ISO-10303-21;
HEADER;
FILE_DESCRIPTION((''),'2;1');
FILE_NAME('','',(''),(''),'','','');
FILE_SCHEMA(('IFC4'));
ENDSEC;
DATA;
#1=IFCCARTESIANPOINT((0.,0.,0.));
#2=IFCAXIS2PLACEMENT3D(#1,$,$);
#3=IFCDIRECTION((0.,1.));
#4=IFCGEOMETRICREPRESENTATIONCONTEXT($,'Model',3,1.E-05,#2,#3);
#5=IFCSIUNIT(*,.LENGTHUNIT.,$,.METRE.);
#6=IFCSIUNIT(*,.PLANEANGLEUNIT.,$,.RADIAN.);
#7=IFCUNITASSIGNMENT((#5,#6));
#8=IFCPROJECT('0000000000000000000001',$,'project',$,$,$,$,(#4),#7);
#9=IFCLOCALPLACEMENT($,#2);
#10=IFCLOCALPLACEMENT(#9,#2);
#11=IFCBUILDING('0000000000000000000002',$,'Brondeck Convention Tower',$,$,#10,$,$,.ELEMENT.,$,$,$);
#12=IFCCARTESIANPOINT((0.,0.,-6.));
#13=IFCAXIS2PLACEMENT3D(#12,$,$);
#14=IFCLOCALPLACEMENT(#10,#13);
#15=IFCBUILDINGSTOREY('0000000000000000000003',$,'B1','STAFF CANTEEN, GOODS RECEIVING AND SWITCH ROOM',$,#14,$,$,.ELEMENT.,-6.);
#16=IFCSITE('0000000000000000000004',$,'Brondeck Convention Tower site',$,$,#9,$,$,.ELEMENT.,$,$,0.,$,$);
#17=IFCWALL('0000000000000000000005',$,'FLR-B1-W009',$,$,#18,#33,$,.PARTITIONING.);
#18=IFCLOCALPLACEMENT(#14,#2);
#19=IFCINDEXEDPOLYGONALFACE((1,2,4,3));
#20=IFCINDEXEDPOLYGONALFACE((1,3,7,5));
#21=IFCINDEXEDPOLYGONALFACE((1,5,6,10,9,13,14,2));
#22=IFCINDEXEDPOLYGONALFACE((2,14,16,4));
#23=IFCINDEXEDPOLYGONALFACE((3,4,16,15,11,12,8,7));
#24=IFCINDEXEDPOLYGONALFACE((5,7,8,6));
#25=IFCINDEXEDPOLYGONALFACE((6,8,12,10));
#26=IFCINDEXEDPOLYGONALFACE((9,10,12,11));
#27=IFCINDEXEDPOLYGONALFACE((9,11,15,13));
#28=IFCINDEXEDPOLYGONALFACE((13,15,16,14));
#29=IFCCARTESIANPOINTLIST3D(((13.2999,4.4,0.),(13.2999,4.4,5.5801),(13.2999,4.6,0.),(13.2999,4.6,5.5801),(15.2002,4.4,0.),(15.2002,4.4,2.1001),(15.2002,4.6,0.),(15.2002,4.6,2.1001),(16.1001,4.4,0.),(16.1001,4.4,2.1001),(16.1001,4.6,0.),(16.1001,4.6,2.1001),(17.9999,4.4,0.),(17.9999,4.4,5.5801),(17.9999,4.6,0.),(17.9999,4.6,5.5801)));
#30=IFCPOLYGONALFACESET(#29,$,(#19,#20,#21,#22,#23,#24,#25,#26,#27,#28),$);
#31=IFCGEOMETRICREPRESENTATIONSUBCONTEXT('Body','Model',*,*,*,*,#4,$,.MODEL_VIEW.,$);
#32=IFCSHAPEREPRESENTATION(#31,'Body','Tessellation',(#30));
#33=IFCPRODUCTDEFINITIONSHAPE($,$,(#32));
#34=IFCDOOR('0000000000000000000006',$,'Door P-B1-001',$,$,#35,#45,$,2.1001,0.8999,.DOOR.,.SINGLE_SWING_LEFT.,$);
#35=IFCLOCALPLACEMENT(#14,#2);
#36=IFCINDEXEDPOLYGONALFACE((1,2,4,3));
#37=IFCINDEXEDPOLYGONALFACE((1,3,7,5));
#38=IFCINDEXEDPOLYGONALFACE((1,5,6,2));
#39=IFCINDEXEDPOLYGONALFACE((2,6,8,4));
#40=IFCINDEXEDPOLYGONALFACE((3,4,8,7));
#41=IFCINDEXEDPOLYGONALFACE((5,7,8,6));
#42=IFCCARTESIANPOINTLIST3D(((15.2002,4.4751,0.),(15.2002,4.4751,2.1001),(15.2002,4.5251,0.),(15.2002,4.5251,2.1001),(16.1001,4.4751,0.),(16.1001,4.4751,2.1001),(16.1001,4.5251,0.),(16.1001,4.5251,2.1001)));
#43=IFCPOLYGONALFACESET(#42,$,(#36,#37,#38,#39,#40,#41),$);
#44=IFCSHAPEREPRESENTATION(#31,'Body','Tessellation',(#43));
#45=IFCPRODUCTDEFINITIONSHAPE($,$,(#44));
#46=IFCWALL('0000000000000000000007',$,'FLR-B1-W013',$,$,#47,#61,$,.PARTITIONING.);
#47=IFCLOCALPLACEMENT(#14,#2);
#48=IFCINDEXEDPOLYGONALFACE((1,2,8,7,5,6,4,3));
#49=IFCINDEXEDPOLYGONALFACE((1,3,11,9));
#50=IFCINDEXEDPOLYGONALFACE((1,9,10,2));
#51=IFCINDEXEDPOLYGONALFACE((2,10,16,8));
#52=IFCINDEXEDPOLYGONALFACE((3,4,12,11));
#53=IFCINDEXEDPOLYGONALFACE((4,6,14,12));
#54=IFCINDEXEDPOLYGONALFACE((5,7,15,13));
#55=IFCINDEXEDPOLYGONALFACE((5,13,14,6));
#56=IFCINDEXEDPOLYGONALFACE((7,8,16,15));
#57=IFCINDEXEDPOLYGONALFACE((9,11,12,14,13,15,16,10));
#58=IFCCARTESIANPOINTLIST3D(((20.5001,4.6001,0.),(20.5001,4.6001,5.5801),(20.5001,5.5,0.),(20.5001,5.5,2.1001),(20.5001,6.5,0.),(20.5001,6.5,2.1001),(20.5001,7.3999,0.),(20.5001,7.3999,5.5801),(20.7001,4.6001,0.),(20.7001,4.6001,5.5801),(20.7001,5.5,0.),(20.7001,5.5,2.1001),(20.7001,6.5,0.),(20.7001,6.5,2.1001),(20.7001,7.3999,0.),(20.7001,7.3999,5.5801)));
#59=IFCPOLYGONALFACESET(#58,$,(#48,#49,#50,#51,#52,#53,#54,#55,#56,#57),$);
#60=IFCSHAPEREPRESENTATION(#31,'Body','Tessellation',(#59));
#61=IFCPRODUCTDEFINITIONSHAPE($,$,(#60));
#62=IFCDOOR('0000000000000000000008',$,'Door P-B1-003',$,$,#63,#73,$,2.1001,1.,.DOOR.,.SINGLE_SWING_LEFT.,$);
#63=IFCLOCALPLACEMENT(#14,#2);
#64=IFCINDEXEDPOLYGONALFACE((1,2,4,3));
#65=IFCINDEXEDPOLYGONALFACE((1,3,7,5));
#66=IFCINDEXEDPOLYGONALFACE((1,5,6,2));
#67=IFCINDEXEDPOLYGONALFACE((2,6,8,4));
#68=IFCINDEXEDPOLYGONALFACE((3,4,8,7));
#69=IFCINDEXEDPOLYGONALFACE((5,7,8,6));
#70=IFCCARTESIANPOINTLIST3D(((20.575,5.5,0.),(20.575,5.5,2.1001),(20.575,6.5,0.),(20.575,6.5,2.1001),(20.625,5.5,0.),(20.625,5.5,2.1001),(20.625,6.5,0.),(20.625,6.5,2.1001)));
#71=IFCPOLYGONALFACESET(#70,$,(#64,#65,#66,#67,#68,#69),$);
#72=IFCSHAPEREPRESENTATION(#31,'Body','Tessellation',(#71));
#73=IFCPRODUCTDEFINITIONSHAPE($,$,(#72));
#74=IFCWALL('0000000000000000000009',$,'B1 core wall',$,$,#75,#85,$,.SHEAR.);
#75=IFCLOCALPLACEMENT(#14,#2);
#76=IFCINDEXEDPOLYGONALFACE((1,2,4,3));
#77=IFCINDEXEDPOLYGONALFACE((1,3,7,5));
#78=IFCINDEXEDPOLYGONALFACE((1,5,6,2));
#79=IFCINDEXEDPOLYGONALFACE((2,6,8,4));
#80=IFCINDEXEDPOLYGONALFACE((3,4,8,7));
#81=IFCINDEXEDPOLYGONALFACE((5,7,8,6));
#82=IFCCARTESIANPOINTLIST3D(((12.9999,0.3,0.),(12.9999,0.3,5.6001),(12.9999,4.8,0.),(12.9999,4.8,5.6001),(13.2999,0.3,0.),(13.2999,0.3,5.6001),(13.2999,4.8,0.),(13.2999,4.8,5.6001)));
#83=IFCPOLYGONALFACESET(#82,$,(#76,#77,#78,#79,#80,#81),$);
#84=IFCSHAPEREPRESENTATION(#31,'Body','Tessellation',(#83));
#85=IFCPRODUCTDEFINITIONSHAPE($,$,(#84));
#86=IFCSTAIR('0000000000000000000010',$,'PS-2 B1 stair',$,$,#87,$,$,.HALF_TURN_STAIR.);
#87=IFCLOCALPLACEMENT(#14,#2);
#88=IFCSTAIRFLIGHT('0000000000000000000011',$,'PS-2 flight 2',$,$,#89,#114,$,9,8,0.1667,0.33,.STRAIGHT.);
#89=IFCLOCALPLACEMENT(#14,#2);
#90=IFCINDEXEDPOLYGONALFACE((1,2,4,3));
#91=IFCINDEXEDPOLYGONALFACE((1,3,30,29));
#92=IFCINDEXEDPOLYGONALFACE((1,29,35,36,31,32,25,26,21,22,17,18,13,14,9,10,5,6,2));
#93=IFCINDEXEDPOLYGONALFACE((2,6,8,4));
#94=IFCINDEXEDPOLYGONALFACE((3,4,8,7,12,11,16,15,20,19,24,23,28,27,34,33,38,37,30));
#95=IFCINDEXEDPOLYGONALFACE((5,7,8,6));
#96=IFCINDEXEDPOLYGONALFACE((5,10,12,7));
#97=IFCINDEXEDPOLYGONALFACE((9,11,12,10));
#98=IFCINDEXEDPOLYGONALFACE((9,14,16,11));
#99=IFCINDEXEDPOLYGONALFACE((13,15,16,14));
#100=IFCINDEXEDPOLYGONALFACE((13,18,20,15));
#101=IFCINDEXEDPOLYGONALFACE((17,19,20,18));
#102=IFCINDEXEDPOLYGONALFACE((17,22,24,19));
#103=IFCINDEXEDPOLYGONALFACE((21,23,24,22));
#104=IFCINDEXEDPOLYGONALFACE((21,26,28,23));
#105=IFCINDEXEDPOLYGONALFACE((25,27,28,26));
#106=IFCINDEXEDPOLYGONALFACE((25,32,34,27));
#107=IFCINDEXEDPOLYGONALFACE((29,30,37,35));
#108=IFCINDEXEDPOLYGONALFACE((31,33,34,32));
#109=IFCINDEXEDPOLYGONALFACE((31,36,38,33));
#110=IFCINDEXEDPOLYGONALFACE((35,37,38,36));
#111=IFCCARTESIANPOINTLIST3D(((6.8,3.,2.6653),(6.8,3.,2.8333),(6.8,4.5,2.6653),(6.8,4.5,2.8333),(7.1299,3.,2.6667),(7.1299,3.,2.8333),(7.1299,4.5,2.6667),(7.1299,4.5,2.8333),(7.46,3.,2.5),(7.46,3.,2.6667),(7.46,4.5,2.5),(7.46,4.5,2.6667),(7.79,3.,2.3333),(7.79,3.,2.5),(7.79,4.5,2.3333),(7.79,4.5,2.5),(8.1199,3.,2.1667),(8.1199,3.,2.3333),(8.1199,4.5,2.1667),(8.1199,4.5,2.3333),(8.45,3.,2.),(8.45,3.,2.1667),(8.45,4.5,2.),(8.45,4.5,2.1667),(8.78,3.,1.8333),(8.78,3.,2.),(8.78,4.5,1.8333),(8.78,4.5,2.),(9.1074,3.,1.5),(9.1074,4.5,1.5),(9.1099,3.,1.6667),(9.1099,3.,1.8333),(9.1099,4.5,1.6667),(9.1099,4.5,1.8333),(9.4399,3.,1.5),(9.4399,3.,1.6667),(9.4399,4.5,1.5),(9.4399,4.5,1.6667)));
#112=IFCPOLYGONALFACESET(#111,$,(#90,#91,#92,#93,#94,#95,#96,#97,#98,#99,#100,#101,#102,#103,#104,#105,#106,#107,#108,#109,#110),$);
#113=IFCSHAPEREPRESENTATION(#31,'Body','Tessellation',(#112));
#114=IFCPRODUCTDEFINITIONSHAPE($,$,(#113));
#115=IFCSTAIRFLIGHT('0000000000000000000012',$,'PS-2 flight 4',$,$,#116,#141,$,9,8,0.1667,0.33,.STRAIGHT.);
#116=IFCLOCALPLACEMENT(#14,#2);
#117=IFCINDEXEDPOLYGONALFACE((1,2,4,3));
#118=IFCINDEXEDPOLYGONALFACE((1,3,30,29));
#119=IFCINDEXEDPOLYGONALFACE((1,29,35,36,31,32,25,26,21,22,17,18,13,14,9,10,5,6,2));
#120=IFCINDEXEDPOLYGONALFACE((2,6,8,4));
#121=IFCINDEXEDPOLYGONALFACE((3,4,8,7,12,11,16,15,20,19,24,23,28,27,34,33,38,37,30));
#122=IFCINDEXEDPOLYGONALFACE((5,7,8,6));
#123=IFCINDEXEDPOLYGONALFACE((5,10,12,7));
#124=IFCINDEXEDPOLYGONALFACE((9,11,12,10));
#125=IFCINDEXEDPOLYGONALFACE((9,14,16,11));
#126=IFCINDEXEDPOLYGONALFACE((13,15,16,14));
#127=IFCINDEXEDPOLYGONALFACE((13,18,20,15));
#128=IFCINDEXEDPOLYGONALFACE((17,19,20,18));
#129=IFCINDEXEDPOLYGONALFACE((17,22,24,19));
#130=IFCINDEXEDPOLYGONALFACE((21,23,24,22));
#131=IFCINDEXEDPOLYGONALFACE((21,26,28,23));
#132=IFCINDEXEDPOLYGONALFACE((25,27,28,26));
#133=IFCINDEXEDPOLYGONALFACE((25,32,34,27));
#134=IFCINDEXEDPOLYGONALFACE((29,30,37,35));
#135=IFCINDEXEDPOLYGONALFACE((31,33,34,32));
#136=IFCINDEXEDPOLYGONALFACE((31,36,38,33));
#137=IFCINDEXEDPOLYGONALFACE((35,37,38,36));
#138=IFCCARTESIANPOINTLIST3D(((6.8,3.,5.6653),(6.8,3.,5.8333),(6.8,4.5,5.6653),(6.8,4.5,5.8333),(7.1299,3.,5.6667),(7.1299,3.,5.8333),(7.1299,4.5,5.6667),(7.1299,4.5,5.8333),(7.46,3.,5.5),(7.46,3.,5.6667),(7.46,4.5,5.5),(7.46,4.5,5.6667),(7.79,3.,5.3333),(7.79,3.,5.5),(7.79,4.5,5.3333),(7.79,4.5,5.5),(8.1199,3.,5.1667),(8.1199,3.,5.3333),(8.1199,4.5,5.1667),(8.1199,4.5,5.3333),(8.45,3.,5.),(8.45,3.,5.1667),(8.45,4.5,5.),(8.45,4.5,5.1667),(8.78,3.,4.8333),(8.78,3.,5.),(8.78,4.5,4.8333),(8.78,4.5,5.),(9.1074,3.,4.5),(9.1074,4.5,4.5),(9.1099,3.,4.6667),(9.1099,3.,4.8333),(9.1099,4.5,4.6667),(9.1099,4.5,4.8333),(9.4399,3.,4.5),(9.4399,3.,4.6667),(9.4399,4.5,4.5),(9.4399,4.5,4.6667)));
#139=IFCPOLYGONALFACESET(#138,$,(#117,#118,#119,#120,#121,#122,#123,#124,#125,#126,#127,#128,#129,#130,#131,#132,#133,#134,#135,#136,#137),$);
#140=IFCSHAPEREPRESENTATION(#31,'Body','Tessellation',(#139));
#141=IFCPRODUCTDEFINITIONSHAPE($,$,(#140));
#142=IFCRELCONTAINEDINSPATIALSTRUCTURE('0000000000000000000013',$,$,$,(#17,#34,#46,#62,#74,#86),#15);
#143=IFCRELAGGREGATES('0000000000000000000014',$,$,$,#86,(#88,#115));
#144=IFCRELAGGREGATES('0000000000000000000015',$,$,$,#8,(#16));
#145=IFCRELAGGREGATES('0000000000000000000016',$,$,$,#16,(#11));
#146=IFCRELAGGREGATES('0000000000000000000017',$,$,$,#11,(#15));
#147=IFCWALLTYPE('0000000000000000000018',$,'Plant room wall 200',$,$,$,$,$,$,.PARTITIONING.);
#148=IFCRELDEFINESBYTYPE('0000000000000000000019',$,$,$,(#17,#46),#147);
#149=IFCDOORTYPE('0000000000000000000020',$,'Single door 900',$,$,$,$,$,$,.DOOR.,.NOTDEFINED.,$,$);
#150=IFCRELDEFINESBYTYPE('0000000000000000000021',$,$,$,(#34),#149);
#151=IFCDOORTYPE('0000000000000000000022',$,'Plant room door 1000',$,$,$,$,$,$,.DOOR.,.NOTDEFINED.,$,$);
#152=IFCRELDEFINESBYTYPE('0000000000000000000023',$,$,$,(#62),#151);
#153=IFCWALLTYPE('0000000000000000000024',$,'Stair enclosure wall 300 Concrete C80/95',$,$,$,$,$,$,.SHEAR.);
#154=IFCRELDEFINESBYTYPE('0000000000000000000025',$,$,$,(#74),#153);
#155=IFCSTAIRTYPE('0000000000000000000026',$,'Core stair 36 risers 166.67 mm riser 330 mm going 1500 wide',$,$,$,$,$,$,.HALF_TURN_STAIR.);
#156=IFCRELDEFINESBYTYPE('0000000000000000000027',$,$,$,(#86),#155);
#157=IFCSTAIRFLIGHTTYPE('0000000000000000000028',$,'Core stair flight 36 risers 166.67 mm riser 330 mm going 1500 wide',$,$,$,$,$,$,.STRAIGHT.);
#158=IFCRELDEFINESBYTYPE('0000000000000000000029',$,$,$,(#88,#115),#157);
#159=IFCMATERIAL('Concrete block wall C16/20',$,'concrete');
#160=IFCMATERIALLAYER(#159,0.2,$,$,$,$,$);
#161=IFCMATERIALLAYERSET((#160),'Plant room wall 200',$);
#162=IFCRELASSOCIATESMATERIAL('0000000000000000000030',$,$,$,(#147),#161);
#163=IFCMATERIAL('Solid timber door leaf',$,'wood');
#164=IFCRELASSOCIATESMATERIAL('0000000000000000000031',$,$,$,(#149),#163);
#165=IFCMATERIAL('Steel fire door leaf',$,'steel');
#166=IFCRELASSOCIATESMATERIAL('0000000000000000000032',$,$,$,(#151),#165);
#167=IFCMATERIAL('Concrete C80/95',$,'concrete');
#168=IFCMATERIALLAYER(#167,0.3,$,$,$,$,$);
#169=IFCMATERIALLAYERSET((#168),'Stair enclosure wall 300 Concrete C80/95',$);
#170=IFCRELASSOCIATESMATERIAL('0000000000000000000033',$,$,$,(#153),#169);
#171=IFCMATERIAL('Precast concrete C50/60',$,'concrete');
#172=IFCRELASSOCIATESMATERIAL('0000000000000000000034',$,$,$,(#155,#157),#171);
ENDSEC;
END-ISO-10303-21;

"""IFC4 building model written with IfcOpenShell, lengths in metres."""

from ifc_helpers import new_model, si_unit, direction, frame, frame_2d, origin, place, context, subcontext, project, spatial, polyline, rectangle, outline, extrude, material, layer, layer_set, type_object, element, fill, aggregate, save


model = new_model("IFC4")

# Units and contexts
model_context = context("Model", 3, precision=1e-05, world=origin(), true_north=direction((0.0, 1.0)))
body_context = subcontext(model_context, "Body", "Model", "MODEL_VIEW")
ifc_project = project(units=[si_unit("LENGTHUNIT", "METRE"), si_unit("PLANEANGLEUNIT", "RADIAN")], contexts=[model_context])

# Site, building, storey
site_placement = place(None, origin())
site = spatial("IfcSite", under=ifc_project, at=site_placement, Name="Brondeck Convention Tower site", CompositionType="ELEMENT", RefElevation=0.0)
building_placement = place(site_placement, origin())
building = spatial("IfcBuilding", under=site, at=building_placement, Name="Brondeck Convention Tower", CompositionType="ELEMENT")
storey_placement = place(building_placement, frame((0.0, 0.0, -6.0)))
storey = spatial("IfcBuildingStorey", under=building, at=storey_placement, Name="B1", Description="STAFF CANTEEN, GOODS RECEIVING AND SWITCH ROOM", CompositionType="ELEMENT", Elevation=-6.0)

# Shared definitions
ifc_material_1 = material(Name="Concrete C80/95", Category="concrete")

# Shared definitions
ifc_material_2 = material(Name="Concrete block wall C16/20", Category="concrete")
ifc_layer_1 = layer(ifc_material_2, 0.2)
ifc_layer_set_1 = layer_set([ifc_layer_1], Name="Plant room wall 200")
wall_type_1 = type_object("IfcWallType", Name="Plant room wall 200", PredefinedType="PARTITIONING", material=ifc_layer_set_1)

# Walls, openings, doors
wall_1_placement = place(storey_placement, frame((18.0, 4.5, 0.0), z_axis=(0.0, 0.0, 1.0), x_axis=(-1.0, 0.0, 0.0)))
wall_1 = element("IfcWall", 1, at=wall_1_placement, inside=storey, type_object=wall_type_1, Name="FLR-B1-W009", PredefinedType="PARTITIONING", context=body_context, shape_type="SweptSolid", body=[
    extrude(rectangle(XDim=4.7, YDim=0.2, at=frame_2d((2.3501, 0.0))), origin(), (0.0, 0.0, 1.0), 5.5801),
])
opening_1_placement = place(wall_1_placement, frame((1.8999, 0.0, 0.0)))
opening_1 = element("IfcOpeningElement", 2, at=opening_1_placement, cuts=wall_1, PredefinedType="OPENING", context=body_context, shape_type="SweptSolid", body=[
    extrude(rectangle(XDim=0.8999, YDim=2.1001, at=frame_2d((0.45, 1.05))), frame((0.0, 0.1099, 0.0), z_axis=(0.0, -1.0, 0.0), x_axis=(1.0, 0.0, 0.0)), (0.0, 0.0, 1.0), 0.22),
])
ifc_material_3 = material(Name="Solid timber door leaf", Category="wood")
door_type_1 = type_object("IfcDoorType", Name="Single door 900", OperationType="NOTDEFINED", PredefinedType="DOOR", material=ifc_material_3)
door_1_placement = place(opening_1_placement, origin())
door_1 = element("IfcDoor", 3, at=door_1_placement, inside=storey, type_object=door_type_1, Name="Door P-B1-001", OperationType="SINGLE_SWING_LEFT", OverallHeight=2.1001, OverallWidth=0.8999, PredefinedType="DOOR", context=body_context, shape_type="SweptSolid", body=[
    extrude(rectangle(XDim=0.8999, YDim=2.1001, at=frame_2d((0.45, 1.05))), frame((0.0, 0.0249, 0.0), z_axis=(0.0, -1.0, 0.0), x_axis=(1.0, 0.0, 0.0)), (0.0, 0.0, 1.0), 0.05),
])
fill(opening_1, door_1)
wall_2_placement = place(storey_placement, frame((20.6001, 7.3999, 0.0), z_axis=(0.0, 0.0, 1.0), x_axis=(0.0, -1.0, 0.0)))
wall_2 = element("IfcWall", 4, at=wall_2_placement, inside=storey, type_object=wall_type_1, Name="FLR-B1-W013", PredefinedType="PARTITIONING", context=body_context, shape_type="SweptSolid", body=[
    extrude(rectangle(XDim=2.7998, YDim=0.2, at=frame_2d((1.3999, 0.0))), origin(), (0.0, 0.0, 1.0), 5.5801),
])
opening_2_placement = place(wall_2_placement, frame((0.8999, 0.0, 0.0)))
opening_2 = element("IfcOpeningElement", 5, at=opening_2_placement, cuts=wall_2, PredefinedType="OPENING", context=body_context, shape_type="SweptSolid", body=[
    extrude(rectangle(XDim=1.0, YDim=2.1001, at=frame_2d((0.5, 1.05))), frame((0.0, 0.1099, 0.0), z_axis=(0.0, -1.0, 0.0), x_axis=(1.0, 0.0, 0.0)), (0.0, 0.0, 1.0), 0.22),
])
ifc_material_4 = material(Name="Steel fire door leaf", Category="steel")
door_type_2 = type_object("IfcDoorType", Name="Plant room door 1000", OperationType="NOTDEFINED", PredefinedType="DOOR", material=ifc_material_4)
door_2_placement = place(opening_2_placement, origin())
door_2 = element("IfcDoor", 6, at=door_2_placement, inside=storey, type_object=door_type_2, Name="Door P-B1-003", OperationType="SINGLE_SWING_LEFT", OverallHeight=2.1001, OverallWidth=1.0, PredefinedType="DOOR", context=body_context, shape_type="SweptSolid", body=[
    extrude(rectangle(XDim=1.0, YDim=2.1001, at=frame_2d((0.5, 1.05))), frame((0.0, 0.0249, 0.0), z_axis=(0.0, -1.0, 0.0), x_axis=(1.0, 0.0, 0.0)), (0.0, 0.0, 1.0), 0.05),
])
fill(opening_2, door_2)

# Wall
ifc_layer_2 = layer(ifc_material_1, 0.3)
ifc_layer_set_2 = layer_set([ifc_layer_2], Name="Stair enclosure wall 300 Concrete C80/95")
wall_type_2 = type_object("IfcWallType", Name="Stair enclosure wall 300 Concrete C80/95", PredefinedType="SHEAR", material=ifc_layer_set_2)
wall_3_placement = place(storey_placement, frame((13.1499, 0.3, 0.0), z_axis=(0.0, 0.0, 1.0), x_axis=(0.0, 1.0, 0.0)))
element("IfcWall", 7, at=wall_3_placement, inside=storey, type_object=wall_type_2, Name="B1 core wall", PredefinedType="SHEAR", context=body_context, shape_type="SweptSolid", body=[
    extrude(rectangle(XDim=4.5, YDim=0.3, at=frame_2d((2.25, 0.0))), origin(), (0.0, 0.0, 1.0), 5.6001),
])

# Stair, stair flights
ifc_material_5 = material(Name="Precast concrete C50/60", Category="concrete")
stair_type = type_object("IfcStairType", Name="Core stair 36 risers 166.67 mm riser 330 mm going 1500 wide", PredefinedType="HALF_TURN_STAIR", material=ifc_material_5)
stair_placement = place(storey_placement, origin())
stair = element("IfcStair", 8, at=stair_placement, inside=storey, type_object=stair_type, Name="PS-2 B1 stair", PredefinedType="HALF_TURN_STAIR")
stair_flight_type = type_object("IfcStairFlightType", Name="Core stair flight 36 risers 166.67 mm riser 330 mm going 1500 wide", PredefinedType="STRAIGHT", material=ifc_material_5)
stair_flight_1_placement = place(storey_placement, frame((9.4399, 3.75, 1.5), z_axis=(0.0, 0.0, 1.0), x_axis=(-1.0, 0.0, 0.0)))
stair_flight_1 = element("IfcStairFlight", 9, at=stair_flight_1_placement, type_object=stair_flight_type, Name="PS-2 flight 2", NumberOfRisers=9, NumberOfTreads=8, PredefinedType="STRAIGHT", RiserHeight=0.1667, TreadLength=0.33, context=body_context, shape_type="SweptSolid", body=[
    extrude(outline(polyline([(0.0, 0.0), (0.0, 0.1667), (0.3301, 0.1667), (0.3301, 0.3333), (0.6599, 0.3333), (0.6599, 0.5), (0.99, 0.5), (0.99, 0.6667), (1.3201, 0.6667), (1.3201, 0.8333), (1.6499, 0.8333), (1.6499, 1.0), (1.98, 1.0), (1.98, 1.1667), (2.3101, 1.1667), (2.3101, 1.3333), (2.6399, 1.3333), (2.6399, 1.5), (2.6399, 1.1653), (0.3325, 0.0), (0.0, 0.0)])), frame((0.0, 0.75, 0.0), z_axis=(0.0, -1.0, 0.0), x_axis=(1.0, 0.0, 0.0)), (0.0, 0.0, 1.0), 1.5),
])
stair_flight_2_placement = place(storey_placement, frame((9.4399, 3.75, 4.5), z_axis=(0.0, 0.0, 1.0), x_axis=(-1.0, 0.0, 0.0)))
stair_flight_2 = element("IfcStairFlight", 10, at=stair_flight_2_placement, type_object=stair_flight_type, Name="PS-2 flight 4", NumberOfRisers=9, NumberOfTreads=8, PredefinedType="STRAIGHT", RiserHeight=0.1667, TreadLength=0.33, context=body_context, shape_type="SweptSolid", body=[
    extrude(outline(polyline([(0.0, 0.0), (0.0, 0.1667), (0.3301, 0.1667), (0.3301, 0.3333), (0.6599, 0.3333), (0.6599, 0.5), (0.99, 0.5), (0.99, 0.6667), (1.3201, 0.6667), (1.3201, 0.8333), (1.6499, 0.8333), (1.6499, 1.0), (1.98, 1.0), (1.98, 1.1667), (2.3101, 1.1667), (2.3101, 1.3333), (2.6399, 1.3333), (2.6399, 1.5), (2.6399, 1.1653), (0.3325, 0.0), (0.0, 0.0)])), frame((0.0, 0.75, 0.0), z_axis=(0.0, -1.0, 0.0), x_axis=(1.0, 0.0, 0.0)), (0.0, 0.0, 1.0), 1.5),
])
aggregate(stair, [stair_flight_1, stair_flight_2])

save(model, "model.ifc")
